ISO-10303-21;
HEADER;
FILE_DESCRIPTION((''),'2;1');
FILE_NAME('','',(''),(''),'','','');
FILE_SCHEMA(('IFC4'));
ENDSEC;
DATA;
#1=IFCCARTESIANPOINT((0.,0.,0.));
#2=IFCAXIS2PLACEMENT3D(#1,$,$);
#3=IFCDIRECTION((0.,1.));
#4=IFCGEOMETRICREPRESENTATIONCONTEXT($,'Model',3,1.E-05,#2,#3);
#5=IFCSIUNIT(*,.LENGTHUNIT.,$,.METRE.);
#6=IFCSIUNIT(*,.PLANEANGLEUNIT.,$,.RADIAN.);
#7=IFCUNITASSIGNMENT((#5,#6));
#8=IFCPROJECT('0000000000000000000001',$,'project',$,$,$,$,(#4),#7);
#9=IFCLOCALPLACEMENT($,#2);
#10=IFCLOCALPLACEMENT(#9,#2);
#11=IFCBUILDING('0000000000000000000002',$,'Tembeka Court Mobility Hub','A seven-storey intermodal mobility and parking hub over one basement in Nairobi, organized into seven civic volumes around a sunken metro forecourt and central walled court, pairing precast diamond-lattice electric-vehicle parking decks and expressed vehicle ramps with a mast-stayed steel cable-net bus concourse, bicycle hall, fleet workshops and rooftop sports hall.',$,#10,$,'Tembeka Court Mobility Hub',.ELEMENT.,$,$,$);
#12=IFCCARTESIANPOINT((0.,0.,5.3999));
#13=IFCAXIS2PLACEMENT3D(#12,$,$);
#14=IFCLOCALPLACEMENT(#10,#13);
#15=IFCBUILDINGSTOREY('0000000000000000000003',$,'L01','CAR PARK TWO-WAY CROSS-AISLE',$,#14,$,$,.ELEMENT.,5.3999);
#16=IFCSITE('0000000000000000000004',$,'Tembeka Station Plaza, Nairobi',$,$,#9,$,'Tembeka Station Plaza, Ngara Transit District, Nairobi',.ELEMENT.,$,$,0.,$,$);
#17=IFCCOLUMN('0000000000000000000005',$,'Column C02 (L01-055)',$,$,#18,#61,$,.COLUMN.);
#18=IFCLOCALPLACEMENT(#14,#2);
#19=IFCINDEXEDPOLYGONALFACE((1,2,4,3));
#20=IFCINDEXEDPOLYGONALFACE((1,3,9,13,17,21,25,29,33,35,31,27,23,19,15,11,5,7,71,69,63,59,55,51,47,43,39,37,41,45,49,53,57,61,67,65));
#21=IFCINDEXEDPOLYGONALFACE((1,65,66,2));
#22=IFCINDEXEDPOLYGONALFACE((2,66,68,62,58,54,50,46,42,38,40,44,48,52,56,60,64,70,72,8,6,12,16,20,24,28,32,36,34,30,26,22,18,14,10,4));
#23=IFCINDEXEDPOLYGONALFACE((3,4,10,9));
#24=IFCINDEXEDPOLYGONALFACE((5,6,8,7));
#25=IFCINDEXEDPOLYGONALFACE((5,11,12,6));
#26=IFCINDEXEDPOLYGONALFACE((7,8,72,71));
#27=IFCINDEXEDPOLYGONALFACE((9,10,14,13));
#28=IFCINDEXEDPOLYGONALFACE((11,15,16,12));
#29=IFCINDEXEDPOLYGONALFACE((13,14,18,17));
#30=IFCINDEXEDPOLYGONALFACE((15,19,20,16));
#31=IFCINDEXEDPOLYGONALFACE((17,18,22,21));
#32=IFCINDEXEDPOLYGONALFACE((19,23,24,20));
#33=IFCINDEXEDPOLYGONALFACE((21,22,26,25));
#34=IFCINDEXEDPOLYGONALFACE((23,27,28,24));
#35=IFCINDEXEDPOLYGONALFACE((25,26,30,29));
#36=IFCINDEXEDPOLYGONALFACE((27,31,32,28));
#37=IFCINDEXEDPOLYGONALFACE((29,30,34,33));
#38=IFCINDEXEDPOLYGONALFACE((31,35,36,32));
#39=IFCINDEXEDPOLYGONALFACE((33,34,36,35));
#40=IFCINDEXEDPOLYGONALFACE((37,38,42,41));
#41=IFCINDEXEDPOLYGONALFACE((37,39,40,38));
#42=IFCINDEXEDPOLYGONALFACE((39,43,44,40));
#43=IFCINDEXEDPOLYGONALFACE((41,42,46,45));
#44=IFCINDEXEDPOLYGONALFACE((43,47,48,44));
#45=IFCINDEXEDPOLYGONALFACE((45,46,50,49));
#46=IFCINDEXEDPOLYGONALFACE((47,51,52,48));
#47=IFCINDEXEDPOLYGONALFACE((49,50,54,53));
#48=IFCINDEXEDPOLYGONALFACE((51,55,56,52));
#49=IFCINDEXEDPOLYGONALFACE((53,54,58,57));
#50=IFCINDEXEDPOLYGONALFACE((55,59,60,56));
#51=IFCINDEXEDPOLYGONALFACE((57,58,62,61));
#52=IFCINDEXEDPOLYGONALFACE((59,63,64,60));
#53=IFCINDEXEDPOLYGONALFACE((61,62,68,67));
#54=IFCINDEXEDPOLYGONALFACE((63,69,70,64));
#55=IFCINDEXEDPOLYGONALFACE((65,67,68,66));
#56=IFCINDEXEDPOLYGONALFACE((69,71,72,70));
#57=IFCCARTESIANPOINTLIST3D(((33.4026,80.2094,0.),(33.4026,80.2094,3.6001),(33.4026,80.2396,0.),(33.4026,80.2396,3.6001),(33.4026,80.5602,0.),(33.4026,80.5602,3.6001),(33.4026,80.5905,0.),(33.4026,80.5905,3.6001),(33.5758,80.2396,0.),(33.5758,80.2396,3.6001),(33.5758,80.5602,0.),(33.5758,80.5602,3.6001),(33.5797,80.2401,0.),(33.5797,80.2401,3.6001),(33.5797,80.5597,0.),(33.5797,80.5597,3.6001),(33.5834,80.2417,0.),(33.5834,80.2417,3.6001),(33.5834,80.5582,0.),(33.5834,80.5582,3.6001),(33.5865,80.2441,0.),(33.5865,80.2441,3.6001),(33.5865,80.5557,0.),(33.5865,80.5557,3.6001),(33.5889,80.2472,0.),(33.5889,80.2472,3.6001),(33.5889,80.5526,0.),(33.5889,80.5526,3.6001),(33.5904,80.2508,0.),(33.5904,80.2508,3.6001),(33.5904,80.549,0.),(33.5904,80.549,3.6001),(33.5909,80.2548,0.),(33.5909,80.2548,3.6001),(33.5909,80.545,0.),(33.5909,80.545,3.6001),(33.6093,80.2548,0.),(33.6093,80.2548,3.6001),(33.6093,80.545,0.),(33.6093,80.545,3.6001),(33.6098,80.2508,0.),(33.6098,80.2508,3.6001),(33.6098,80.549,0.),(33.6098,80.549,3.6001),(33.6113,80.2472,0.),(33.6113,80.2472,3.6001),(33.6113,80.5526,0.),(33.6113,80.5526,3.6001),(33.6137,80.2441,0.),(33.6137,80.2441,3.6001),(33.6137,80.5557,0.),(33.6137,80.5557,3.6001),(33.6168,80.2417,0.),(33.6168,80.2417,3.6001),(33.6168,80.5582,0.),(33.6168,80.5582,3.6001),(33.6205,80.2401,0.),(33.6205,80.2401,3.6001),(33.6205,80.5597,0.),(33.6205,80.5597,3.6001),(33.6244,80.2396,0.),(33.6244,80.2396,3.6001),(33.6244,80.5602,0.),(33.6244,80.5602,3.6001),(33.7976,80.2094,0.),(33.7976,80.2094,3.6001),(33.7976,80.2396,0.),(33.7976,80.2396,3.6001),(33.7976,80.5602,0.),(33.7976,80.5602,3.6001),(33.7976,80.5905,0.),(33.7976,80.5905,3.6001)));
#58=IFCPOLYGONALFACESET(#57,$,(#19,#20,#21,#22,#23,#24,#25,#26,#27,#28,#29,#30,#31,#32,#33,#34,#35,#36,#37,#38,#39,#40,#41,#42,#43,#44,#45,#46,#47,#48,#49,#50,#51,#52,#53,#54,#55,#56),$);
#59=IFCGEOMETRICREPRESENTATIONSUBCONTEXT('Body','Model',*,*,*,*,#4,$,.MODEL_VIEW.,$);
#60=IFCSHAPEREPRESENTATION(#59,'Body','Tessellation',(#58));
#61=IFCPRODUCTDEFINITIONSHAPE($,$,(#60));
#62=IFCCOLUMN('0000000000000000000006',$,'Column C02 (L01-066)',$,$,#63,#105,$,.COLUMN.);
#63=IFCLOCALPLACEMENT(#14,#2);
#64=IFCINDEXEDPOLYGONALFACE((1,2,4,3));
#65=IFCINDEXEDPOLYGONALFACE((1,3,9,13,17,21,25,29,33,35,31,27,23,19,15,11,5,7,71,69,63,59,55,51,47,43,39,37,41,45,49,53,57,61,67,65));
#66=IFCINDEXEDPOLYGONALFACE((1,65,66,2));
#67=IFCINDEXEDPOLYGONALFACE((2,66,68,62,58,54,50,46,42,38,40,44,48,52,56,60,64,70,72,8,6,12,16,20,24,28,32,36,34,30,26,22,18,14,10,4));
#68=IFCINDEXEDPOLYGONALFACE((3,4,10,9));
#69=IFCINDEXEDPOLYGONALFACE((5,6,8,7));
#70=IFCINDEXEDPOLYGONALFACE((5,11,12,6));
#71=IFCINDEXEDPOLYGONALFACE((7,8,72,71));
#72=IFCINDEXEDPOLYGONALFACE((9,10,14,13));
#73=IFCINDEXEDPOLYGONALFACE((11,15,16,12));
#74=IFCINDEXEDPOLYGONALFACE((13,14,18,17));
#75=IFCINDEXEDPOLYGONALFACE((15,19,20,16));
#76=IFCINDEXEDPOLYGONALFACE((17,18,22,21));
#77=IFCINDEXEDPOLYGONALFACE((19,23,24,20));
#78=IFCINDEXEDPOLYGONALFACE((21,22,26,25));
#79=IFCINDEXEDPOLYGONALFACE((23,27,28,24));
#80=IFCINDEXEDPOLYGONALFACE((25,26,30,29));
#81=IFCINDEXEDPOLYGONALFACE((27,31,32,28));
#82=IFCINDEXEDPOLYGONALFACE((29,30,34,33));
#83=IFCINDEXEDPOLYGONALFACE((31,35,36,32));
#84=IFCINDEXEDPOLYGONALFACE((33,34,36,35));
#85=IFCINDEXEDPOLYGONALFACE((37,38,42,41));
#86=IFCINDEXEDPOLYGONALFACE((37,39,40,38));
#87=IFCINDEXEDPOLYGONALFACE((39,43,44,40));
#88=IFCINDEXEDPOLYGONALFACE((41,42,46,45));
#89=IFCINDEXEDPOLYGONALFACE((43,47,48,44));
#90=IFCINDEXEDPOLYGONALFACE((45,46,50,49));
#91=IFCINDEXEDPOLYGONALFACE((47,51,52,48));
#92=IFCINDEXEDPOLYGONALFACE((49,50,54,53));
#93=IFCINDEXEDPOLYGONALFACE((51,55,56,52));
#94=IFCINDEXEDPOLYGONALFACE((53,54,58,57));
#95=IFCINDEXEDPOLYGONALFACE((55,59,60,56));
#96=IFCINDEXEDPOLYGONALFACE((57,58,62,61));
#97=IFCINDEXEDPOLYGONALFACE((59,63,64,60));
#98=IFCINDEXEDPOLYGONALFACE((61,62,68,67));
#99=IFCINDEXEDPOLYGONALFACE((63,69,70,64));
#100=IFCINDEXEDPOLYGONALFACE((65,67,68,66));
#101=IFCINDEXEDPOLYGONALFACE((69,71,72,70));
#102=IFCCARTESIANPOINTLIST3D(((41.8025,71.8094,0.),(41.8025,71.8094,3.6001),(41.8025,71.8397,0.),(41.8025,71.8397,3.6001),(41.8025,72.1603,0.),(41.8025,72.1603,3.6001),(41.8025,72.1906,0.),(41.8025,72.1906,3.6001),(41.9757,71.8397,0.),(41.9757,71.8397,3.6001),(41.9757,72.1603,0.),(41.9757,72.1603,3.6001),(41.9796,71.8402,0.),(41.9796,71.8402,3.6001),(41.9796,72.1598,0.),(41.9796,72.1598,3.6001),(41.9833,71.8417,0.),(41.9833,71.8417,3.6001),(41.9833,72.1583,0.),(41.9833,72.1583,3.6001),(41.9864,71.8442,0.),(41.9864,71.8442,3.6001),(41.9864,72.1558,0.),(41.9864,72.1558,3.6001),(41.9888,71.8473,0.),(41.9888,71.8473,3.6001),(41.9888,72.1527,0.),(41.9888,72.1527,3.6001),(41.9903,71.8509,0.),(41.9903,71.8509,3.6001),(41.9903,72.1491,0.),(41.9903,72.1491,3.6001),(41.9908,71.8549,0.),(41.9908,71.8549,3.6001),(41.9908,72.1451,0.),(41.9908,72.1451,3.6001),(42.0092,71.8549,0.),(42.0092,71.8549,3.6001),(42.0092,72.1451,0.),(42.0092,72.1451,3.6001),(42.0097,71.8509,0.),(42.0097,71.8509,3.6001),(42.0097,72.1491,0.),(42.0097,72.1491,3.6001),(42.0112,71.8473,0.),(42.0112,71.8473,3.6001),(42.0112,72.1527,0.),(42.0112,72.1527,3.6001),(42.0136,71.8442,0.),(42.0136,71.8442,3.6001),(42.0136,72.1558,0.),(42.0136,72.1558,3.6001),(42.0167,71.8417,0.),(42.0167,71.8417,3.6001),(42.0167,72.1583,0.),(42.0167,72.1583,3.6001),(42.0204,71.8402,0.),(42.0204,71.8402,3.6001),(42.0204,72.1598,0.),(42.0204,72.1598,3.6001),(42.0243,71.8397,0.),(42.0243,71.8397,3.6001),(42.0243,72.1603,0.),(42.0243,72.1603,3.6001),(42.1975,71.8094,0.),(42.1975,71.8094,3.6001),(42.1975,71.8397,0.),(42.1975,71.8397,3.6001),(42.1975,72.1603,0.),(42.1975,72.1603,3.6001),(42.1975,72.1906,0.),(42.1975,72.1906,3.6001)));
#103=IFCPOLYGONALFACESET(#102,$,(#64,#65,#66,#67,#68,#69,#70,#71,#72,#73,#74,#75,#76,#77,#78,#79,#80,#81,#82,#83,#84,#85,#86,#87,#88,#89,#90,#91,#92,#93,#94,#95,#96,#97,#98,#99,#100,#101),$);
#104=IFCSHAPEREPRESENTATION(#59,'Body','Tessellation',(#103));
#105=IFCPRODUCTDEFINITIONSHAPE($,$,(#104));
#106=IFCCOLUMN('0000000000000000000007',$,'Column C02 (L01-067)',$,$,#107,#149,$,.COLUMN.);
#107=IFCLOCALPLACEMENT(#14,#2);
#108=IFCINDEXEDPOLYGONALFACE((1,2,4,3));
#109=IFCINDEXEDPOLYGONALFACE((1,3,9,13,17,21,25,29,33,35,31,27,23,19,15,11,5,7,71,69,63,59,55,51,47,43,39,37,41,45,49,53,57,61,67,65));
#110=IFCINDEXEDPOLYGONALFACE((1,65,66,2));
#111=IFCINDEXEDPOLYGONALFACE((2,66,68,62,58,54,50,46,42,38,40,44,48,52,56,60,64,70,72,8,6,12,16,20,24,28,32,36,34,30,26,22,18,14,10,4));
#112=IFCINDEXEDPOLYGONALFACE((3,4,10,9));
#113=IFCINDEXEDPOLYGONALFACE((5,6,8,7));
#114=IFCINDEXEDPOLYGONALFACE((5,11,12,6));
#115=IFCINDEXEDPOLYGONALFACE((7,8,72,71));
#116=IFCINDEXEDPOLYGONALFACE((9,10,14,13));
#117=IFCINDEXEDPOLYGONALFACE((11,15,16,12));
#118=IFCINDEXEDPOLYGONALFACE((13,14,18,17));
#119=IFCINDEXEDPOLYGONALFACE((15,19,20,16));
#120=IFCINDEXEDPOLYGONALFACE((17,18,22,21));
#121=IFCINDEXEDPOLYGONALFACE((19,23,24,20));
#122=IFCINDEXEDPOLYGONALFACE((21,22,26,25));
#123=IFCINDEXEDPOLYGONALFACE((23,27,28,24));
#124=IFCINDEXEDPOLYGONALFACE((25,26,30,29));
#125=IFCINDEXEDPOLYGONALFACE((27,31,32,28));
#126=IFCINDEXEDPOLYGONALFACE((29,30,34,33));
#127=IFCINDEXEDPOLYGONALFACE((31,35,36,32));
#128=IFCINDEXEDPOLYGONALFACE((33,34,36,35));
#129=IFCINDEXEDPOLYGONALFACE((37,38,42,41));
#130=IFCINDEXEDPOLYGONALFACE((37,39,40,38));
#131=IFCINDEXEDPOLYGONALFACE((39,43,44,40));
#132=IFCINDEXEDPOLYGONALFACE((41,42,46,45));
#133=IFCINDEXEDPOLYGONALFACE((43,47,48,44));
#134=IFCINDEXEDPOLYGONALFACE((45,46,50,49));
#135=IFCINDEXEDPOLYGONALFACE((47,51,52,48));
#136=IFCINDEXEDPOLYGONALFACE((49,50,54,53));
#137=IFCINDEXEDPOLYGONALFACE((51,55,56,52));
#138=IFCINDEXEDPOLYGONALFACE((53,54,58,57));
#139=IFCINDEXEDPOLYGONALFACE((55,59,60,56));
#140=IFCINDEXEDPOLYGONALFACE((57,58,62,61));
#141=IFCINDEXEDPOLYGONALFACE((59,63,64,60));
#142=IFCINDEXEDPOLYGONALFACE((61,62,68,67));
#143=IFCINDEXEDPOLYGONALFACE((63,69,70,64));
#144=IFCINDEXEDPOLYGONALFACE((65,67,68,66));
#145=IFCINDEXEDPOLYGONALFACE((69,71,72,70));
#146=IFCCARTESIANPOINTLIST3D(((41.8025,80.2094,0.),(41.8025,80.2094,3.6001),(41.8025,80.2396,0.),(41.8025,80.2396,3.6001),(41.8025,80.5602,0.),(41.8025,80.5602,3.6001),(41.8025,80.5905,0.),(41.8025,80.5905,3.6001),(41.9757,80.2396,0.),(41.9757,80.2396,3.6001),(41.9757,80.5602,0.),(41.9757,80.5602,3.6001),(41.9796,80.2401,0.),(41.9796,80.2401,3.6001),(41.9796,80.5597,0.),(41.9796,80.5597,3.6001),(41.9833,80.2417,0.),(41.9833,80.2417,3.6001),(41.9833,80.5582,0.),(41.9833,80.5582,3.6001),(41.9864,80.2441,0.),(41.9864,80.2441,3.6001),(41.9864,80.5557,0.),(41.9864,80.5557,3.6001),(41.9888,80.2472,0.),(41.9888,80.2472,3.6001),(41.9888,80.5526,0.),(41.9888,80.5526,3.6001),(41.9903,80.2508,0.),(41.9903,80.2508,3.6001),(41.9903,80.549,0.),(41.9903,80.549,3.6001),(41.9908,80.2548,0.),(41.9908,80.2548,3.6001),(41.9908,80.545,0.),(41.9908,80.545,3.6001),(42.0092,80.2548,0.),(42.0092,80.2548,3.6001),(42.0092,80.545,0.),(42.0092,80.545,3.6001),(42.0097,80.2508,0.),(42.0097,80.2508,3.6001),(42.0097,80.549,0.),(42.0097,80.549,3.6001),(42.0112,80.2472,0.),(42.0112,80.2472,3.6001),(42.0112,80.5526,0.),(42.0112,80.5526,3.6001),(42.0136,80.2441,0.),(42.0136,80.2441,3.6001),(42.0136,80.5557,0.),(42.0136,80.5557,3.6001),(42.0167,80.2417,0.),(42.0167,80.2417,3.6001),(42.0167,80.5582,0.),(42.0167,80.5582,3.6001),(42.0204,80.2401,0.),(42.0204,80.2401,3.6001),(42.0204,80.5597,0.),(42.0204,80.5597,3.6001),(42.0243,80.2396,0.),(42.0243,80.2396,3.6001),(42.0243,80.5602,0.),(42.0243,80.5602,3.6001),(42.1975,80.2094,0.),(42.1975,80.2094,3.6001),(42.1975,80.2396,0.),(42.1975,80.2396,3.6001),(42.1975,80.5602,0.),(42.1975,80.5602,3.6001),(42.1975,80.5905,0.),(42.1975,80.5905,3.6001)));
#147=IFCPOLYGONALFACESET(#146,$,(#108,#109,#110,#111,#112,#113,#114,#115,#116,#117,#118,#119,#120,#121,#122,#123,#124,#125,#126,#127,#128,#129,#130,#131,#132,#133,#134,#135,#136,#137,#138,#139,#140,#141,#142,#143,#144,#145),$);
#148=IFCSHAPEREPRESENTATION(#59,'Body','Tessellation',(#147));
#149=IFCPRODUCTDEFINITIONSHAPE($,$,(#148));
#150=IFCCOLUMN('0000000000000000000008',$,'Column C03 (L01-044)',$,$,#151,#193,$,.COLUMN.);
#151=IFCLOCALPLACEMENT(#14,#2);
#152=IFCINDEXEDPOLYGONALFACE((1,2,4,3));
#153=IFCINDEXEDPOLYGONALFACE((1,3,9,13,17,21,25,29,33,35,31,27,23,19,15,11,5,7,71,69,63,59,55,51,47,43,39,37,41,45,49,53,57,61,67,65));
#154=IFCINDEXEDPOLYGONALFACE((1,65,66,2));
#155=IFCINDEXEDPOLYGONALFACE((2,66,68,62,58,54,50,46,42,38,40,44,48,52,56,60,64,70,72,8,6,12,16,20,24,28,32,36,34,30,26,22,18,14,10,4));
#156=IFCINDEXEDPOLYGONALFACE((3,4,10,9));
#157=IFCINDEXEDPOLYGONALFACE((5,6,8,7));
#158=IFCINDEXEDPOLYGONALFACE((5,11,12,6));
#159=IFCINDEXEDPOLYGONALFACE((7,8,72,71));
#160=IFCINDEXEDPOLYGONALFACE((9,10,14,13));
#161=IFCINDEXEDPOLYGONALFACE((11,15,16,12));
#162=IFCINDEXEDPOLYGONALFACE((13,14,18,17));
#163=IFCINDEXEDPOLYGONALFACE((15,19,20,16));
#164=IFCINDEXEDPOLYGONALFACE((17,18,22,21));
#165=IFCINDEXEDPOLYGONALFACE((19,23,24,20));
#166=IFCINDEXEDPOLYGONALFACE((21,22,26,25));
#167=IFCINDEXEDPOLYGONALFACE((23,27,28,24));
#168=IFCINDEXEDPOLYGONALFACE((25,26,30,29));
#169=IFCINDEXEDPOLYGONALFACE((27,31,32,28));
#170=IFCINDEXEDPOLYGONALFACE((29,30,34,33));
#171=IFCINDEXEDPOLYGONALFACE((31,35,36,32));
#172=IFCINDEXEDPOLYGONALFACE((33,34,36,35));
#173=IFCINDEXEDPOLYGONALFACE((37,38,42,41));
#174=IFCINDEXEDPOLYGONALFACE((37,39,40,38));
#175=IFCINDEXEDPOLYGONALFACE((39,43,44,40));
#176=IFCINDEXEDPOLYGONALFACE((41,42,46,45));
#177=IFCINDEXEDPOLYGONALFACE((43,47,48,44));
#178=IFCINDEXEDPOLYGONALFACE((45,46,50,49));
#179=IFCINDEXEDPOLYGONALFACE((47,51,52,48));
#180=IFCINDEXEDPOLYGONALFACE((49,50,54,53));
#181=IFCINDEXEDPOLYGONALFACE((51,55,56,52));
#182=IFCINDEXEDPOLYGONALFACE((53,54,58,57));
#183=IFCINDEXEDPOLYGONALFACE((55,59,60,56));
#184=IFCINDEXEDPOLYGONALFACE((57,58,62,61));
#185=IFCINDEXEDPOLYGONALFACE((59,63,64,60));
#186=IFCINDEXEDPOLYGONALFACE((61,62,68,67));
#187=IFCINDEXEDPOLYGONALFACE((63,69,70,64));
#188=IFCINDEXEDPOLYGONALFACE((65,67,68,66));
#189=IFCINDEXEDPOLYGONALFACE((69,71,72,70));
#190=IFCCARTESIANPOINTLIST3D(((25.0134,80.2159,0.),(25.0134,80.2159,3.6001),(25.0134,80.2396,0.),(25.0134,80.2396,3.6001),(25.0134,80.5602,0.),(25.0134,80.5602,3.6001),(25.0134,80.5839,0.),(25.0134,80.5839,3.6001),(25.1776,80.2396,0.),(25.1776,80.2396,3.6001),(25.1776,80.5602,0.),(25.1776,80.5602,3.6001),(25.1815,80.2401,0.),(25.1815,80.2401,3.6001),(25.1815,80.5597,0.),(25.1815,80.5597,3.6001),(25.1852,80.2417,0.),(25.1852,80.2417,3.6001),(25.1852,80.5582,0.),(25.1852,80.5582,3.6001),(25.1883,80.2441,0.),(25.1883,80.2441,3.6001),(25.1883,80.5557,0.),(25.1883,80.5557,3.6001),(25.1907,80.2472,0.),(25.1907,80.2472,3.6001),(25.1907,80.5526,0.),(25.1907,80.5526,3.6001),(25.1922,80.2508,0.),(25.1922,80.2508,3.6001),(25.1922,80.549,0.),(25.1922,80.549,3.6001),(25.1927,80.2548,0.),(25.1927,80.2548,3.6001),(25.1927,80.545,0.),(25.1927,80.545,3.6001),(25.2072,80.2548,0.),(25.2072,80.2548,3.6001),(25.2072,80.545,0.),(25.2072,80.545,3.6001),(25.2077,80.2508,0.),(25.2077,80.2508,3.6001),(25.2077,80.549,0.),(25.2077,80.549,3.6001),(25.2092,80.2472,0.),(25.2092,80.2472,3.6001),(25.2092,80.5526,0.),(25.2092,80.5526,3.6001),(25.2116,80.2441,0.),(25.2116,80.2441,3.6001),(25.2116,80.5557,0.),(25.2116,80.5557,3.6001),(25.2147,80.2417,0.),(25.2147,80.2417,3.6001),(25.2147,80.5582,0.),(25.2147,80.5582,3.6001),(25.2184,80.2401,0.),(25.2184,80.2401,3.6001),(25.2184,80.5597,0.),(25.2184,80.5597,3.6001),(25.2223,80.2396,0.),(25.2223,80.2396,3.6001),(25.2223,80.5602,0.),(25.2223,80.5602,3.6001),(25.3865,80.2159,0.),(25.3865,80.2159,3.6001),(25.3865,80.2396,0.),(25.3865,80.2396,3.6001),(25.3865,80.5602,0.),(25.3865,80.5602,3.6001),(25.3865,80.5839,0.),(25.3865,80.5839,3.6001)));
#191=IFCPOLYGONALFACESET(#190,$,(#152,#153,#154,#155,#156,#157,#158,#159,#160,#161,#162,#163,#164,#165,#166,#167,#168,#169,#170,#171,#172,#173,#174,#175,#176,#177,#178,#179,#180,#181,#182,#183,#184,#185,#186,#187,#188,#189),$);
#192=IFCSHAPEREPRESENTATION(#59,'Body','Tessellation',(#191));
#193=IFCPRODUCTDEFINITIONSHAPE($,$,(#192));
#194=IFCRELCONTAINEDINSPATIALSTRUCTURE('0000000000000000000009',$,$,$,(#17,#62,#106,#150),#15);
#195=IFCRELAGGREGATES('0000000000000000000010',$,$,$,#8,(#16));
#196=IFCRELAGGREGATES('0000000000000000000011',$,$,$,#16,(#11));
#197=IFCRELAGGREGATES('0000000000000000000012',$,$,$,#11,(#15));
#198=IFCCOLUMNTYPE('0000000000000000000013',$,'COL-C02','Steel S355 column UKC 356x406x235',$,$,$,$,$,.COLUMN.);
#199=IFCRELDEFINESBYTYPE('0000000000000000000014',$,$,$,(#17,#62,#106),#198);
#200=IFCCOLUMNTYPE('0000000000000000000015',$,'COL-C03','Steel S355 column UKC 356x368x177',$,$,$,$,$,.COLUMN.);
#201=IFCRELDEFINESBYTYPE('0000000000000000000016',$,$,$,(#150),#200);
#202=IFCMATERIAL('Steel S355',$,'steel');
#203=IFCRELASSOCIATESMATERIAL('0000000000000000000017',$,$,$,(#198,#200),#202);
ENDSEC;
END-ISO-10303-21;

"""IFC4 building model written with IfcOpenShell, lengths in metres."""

from ifc_helpers import new_model, si_unit, direction, frame, origin, origin_2d, place, context, subcontext, project, spatial, i_section, extrude, material, material_profile, profile_set, type_object, element, save


model = new_model("IFC4")

# Units and contexts
model_context = context("Model", 3, precision=1e-05, world=origin(), true_north=direction((0.0, 1.0)))
body_context = subcontext(model_context, "Body", "Model", "MODEL_VIEW")
ifc_project = project(units=[si_unit("LENGTHUNIT", "METRE"), si_unit("PLANEANGLEUNIT", "RADIAN")], contexts=[model_context])

# Site, building, storey
site_placement = place(None, origin())
site = spatial("IfcSite", under=ifc_project, at=site_placement, Name="Tembeka Station Plaza, Nairobi", LongName="Tembeka Station Plaza, Ngara Transit District, Nairobi", CompositionType="ELEMENT", RefElevation=0.0)
building_placement = place(site_placement, origin())
building = spatial("IfcBuilding", under=site, at=building_placement, Name="Tembeka Court Mobility Hub", Description="A seven-storey intermodal mobility and parking hub over one basement in Nairobi, organized into seven civic volumes around a sunken metro forecourt and central walled court, pairing precast diamond-lattice electric-vehicle parking decks and expressed vehicle ramps with a mast-stayed steel cable-net bus concourse, bicycle hall, fleet workshops and rooftop sports hall.", LongName="Tembeka Court Mobility Hub", CompositionType="ELEMENT")
storey_placement = place(building_placement, frame((0.0, 0.0, 5.3999)))
storey = spatial("IfcBuildingStorey", under=building, at=storey_placement, Name="L01", Description="CAR PARK TWO-WAY CROSS-AISLE", CompositionType="ELEMENT", Elevation=5.3999)

# Columns
ifc_material = material(Name="Steel S355", Category="steel")
ifc_material_profile_1 = material_profile(ifc_material, i_section(OverallWidth=0.395, OverallDepth=0.3811, WebThickness=0.0183, FlangeThickness=0.0303, FilletRadius=0.0151, at=origin_2d()), Name="UKC 356x406x235")
ifc_profile_set_1 = profile_set([ifc_material_profile_1], Name="Steel S355")
column_type_1 = type_object("IfcColumnType", Name="COL-C02", Description="Steel S355 column UKC 356x406x235", PredefinedType="COLUMN", material=ifc_profile_set_1)
for number, where, z_axis, x_axis, name in (
    (1, (33.6001, 80.3999, 0.0), (0.0, 0.0, 1.0), (1.0, 0.0, 0.0), "Column C02 (L01-055)"),
    (2, (42.0, 72.0, 0.0), (0.0, 0.0, 1.0), (1.0, 0.0, 0.0), "Column C02 (L01-066)"),
    (3, (42.0, 80.3999, 0.0), (0.0, 0.0, 1.0), (1.0, 0.0, 0.0), "Column C02 (L01-067)"),
):
    element("IfcColumn", number, at=place(storey_placement, frame(where, z_axis=z_axis, x_axis=x_axis)), inside=storey, type_object=column_type_1, Name=name, PredefinedType="COLUMN", context=body_context, shape_type="SweptSolid", body=[
        extrude(i_section(OverallWidth=0.395, OverallDepth=0.3811, WebThickness=0.0183, FlangeThickness=0.0303, FilletRadius=0.0151, at=origin_2d()), origin(), (0.0, 0.0, 1.0), 3.6001),
    ])
ifc_material_profile_2 = material_profile(ifc_material, i_section(OverallWidth=0.373, OverallDepth=0.3679, WebThickness=0.0144, FlangeThickness=0.0237, FilletRadius=0.0151, at=origin_2d()), Name="UKC 356x368x177")
ifc_profile_set_2 = profile_set([ifc_material_profile_2], Name="Steel S355")
column_type_2 = type_object("IfcColumnType", Name="COL-C03", Description="Steel S355 column UKC 356x368x177", PredefinedType="COLUMN", material=ifc_profile_set_2)
column_placement = place(storey_placement, frame((25.2, 80.3999, 0.0), z_axis=(0.0, 0.0, 1.0), x_axis=(1.0, 0.0, 0.0)))
element("IfcColumn", 4, at=column_placement, inside=storey, type_object=column_type_2, Name="Column C03 (L01-044)", PredefinedType="COLUMN", context=body_context, shape_type="SweptSolid", body=[
    extrude(i_section(OverallWidth=0.373, OverallDepth=0.3679, WebThickness=0.0144, FlangeThickness=0.0237, FilletRadius=0.0151, at=origin_2d()), origin(), (0.0, 0.0, 1.0), 3.6001),
])

save(model, "model.ifc")
